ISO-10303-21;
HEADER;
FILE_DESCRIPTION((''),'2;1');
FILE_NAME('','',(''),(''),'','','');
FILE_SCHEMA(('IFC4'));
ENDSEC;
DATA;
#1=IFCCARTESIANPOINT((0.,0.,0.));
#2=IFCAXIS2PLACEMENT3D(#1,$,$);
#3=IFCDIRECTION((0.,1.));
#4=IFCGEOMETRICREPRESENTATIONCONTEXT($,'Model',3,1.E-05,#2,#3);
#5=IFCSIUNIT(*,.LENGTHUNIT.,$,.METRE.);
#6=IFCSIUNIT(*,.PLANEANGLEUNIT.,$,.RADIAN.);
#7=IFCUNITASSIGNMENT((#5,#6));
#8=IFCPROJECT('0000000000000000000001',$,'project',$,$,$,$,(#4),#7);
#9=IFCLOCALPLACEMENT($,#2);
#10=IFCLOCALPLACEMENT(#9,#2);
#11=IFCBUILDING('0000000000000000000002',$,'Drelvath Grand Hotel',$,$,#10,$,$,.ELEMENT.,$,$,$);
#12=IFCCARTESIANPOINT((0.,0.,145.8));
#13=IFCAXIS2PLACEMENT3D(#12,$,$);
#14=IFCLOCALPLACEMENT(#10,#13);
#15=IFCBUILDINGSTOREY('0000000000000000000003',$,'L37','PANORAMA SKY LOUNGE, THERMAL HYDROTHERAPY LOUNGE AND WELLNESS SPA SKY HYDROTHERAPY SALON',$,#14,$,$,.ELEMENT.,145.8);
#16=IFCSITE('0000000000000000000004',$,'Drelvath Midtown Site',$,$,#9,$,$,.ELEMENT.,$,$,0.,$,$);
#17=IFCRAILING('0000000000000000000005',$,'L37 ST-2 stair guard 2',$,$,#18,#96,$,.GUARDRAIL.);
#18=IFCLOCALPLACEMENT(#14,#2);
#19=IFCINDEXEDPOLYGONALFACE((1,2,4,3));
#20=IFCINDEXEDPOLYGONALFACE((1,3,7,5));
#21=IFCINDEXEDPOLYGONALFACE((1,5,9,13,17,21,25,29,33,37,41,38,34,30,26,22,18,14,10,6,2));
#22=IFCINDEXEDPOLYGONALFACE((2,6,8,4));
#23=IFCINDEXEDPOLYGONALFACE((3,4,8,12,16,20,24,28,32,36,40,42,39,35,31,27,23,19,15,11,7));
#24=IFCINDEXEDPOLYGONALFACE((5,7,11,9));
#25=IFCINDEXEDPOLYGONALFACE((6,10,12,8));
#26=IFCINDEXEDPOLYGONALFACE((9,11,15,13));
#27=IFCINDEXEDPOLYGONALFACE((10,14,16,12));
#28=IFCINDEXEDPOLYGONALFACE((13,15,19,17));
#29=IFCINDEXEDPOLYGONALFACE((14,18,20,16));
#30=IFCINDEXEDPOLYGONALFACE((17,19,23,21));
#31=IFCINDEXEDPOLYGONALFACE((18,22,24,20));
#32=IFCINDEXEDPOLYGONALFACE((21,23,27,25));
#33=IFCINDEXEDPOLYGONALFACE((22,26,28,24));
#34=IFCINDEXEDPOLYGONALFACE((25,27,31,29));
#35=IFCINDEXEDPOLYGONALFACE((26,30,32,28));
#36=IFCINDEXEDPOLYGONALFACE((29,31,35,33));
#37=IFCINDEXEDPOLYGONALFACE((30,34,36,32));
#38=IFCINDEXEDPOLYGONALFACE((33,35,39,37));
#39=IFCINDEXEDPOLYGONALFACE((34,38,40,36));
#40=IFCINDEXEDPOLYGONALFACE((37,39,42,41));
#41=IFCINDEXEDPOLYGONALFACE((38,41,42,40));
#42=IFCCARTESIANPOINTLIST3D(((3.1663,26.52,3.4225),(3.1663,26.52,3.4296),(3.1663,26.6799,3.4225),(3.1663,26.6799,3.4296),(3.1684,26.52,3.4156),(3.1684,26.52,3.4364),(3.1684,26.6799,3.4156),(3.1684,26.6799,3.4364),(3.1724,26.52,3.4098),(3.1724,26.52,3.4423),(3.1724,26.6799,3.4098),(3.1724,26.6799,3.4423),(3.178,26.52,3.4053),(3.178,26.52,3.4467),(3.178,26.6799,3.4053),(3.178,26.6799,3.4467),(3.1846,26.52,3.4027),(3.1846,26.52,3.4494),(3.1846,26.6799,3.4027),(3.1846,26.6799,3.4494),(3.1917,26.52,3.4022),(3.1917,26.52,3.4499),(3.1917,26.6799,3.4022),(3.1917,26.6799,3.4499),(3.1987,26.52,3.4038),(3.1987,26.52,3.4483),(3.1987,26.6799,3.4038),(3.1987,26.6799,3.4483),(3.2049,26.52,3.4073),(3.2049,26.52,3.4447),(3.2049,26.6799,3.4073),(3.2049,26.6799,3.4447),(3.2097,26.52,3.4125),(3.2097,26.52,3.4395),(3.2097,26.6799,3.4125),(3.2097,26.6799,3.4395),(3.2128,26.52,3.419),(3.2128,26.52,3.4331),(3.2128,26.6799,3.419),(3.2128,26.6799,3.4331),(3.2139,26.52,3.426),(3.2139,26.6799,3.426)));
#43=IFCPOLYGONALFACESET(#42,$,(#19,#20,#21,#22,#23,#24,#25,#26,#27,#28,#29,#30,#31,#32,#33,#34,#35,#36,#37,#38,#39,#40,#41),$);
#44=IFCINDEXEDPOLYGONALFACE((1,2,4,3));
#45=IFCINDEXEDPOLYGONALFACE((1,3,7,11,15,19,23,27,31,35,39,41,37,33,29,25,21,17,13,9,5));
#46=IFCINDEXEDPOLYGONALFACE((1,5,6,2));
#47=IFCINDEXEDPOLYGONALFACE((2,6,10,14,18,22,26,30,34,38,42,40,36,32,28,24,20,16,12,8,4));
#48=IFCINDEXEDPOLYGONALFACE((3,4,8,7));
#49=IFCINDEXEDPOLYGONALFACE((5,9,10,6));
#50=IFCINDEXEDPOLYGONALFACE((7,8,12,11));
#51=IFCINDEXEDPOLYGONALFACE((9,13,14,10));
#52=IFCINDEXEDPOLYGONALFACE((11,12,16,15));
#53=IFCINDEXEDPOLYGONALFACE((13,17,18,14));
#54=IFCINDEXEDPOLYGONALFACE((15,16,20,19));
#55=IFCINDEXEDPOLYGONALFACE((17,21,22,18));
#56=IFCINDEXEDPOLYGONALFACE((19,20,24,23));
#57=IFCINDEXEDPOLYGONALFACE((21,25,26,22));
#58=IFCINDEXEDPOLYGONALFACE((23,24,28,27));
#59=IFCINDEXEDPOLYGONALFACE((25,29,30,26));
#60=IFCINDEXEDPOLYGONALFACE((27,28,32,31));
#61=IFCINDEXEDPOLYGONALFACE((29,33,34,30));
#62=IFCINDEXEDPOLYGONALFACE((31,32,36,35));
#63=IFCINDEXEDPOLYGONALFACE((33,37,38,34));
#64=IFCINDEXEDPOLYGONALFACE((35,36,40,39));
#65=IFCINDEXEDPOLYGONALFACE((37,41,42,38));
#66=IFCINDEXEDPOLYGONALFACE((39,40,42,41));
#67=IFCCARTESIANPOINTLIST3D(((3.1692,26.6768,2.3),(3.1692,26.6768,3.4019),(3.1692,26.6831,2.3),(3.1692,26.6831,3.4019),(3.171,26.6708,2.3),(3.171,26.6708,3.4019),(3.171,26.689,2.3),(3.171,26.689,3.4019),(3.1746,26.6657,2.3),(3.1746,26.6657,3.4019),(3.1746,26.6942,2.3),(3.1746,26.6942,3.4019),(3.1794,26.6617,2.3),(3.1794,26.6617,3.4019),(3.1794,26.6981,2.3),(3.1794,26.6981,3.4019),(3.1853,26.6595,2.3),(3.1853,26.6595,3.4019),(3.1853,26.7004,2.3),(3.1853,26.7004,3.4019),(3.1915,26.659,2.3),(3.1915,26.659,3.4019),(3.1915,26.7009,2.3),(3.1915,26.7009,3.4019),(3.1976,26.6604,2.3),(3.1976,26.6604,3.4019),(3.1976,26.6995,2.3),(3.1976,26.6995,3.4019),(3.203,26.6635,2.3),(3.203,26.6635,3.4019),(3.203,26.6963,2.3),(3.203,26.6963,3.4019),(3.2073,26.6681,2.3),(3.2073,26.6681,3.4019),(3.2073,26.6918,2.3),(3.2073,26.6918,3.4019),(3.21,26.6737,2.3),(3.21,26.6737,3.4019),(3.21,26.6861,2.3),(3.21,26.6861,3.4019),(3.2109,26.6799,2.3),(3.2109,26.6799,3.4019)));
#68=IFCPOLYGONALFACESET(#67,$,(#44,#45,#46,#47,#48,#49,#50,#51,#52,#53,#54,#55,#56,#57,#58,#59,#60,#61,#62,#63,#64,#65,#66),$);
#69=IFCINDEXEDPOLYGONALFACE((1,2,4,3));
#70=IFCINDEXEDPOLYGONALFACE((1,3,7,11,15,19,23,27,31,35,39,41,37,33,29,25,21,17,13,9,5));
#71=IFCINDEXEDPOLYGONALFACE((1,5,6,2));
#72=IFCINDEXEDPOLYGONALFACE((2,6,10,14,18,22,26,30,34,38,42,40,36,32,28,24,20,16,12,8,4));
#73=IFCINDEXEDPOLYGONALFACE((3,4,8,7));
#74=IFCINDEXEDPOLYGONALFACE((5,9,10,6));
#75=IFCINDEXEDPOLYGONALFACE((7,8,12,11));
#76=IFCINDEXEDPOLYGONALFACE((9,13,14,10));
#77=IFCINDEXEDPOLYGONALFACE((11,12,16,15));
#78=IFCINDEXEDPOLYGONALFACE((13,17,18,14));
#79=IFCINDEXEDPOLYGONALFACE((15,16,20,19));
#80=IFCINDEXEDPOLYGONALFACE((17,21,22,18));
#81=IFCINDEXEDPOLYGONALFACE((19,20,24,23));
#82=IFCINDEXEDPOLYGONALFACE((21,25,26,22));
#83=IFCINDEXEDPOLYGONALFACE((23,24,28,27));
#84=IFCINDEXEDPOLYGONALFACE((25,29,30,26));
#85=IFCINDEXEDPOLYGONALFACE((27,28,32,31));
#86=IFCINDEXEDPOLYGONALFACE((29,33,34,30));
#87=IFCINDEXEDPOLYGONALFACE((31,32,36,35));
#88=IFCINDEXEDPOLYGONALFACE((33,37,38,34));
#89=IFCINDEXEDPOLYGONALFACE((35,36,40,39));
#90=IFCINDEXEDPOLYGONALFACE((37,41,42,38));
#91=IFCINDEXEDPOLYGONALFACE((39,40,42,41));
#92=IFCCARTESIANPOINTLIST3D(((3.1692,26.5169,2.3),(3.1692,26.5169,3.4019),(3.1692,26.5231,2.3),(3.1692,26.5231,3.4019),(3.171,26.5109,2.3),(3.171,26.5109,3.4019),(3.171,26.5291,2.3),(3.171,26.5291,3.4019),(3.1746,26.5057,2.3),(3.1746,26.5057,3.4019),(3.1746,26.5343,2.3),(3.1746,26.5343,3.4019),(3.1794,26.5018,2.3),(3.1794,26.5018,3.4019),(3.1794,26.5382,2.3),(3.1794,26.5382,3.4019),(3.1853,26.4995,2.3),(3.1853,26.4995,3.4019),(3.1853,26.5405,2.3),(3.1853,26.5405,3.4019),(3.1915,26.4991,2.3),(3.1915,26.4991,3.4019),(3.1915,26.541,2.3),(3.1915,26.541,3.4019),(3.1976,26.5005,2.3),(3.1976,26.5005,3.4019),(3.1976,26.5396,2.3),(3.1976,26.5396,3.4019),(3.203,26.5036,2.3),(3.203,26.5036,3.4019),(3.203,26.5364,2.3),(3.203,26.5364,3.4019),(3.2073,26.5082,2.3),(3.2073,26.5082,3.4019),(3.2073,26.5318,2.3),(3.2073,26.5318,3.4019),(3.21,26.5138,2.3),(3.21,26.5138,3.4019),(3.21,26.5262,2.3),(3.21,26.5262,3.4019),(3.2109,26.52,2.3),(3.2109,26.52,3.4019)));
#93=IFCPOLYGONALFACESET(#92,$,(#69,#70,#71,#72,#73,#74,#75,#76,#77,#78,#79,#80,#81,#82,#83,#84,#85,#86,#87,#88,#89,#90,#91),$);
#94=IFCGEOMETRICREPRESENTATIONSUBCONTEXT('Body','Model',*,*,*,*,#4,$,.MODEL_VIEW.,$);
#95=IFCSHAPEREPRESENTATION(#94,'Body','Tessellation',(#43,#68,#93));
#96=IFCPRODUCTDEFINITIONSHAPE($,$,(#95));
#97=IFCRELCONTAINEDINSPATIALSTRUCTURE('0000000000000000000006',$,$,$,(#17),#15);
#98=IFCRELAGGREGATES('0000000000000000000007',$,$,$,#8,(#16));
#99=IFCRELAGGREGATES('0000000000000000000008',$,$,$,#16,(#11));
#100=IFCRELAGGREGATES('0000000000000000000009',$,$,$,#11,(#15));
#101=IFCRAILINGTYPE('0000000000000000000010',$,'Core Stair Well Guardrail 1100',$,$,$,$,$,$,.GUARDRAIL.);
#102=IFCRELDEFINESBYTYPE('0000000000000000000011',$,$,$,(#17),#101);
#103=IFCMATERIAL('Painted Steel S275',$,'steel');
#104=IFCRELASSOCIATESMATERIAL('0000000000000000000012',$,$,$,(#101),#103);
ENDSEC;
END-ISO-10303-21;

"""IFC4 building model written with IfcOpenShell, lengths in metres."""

from ifc_helpers import new_model, si_unit, direction, frame, origin, origin_2d, place, context, subcontext, project, spatial, circle, extrude, material, type_object, element, save


model = new_model("IFC4")

# Units and contexts
model_context = context("Model", 3, precision=1e-05, world=origin(), true_north=direction((0.0, 1.0)))
body_context = subcontext(model_context, "Body", "Model", "MODEL_VIEW")
ifc_project = project(units=[si_unit("LENGTHUNIT", "METRE"), si_unit("PLANEANGLEUNIT", "RADIAN")], contexts=[model_context])

# Site, building, storey
site_placement = place(None, origin())
site = spatial("IfcSite", under=ifc_project, at=site_placement, Name="Drelvath Midtown Site", CompositionType="ELEMENT", RefElevation=0.0)
building_placement = place(site_placement, origin())
building = spatial("IfcBuilding", under=site, at=building_placement, Name="Drelvath Grand Hotel", CompositionType="ELEMENT")
storey_placement = place(building_placement, frame((0.0, 0.0, 145.8)))
storey = spatial("IfcBuildingStorey", under=building, at=storey_placement, Name="L37", Description="PANORAMA SKY LOUNGE, THERMAL HYDROTHERAPY LOUNGE AND WELLNESS SPA SKY HYDROTHERAPY SALON", CompositionType="ELEMENT", Elevation=145.8)

# Railing
ifc_material_1 = material(Name="Painted Steel S275", Category="steel")
railing_type_1 = type_object("IfcRailingType", Name="Core Stair Well Guardrail 1100", PredefinedType="GUARDRAIL", material=ifc_material_1)
railing_1_placement = place(storey_placement, frame((3.1899, 26.6799, 2.3)))
element("IfcRailing", 1, at=railing_1_placement, inside=storey, type_object=railing_type_1, Name="L37 ST-2 stair guard 2", PredefinedType="GUARDRAIL", context=body_context, shape_type="SweptSolid", body=[
    extrude(circle(Radius=0.0239, at=origin_2d()), frame((0.0, 0.0, 1.126), z_axis=(0.0, -1.0, 0.0), x_axis=(1.0, 0.0, 0.0)), (0.0, 0.0, 1.0), 0.1599),
    extrude(circle(Radius=0.021, at=origin_2d()), origin(), (0.0, 0.0, 1.0), 1.1018),
    extrude(circle(Radius=0.021, at=origin_2d()), frame((0.0, -0.1599, 0.0)), (0.0, 0.0, 1.0), 1.1018),
])

save(model, "model.ifc")
